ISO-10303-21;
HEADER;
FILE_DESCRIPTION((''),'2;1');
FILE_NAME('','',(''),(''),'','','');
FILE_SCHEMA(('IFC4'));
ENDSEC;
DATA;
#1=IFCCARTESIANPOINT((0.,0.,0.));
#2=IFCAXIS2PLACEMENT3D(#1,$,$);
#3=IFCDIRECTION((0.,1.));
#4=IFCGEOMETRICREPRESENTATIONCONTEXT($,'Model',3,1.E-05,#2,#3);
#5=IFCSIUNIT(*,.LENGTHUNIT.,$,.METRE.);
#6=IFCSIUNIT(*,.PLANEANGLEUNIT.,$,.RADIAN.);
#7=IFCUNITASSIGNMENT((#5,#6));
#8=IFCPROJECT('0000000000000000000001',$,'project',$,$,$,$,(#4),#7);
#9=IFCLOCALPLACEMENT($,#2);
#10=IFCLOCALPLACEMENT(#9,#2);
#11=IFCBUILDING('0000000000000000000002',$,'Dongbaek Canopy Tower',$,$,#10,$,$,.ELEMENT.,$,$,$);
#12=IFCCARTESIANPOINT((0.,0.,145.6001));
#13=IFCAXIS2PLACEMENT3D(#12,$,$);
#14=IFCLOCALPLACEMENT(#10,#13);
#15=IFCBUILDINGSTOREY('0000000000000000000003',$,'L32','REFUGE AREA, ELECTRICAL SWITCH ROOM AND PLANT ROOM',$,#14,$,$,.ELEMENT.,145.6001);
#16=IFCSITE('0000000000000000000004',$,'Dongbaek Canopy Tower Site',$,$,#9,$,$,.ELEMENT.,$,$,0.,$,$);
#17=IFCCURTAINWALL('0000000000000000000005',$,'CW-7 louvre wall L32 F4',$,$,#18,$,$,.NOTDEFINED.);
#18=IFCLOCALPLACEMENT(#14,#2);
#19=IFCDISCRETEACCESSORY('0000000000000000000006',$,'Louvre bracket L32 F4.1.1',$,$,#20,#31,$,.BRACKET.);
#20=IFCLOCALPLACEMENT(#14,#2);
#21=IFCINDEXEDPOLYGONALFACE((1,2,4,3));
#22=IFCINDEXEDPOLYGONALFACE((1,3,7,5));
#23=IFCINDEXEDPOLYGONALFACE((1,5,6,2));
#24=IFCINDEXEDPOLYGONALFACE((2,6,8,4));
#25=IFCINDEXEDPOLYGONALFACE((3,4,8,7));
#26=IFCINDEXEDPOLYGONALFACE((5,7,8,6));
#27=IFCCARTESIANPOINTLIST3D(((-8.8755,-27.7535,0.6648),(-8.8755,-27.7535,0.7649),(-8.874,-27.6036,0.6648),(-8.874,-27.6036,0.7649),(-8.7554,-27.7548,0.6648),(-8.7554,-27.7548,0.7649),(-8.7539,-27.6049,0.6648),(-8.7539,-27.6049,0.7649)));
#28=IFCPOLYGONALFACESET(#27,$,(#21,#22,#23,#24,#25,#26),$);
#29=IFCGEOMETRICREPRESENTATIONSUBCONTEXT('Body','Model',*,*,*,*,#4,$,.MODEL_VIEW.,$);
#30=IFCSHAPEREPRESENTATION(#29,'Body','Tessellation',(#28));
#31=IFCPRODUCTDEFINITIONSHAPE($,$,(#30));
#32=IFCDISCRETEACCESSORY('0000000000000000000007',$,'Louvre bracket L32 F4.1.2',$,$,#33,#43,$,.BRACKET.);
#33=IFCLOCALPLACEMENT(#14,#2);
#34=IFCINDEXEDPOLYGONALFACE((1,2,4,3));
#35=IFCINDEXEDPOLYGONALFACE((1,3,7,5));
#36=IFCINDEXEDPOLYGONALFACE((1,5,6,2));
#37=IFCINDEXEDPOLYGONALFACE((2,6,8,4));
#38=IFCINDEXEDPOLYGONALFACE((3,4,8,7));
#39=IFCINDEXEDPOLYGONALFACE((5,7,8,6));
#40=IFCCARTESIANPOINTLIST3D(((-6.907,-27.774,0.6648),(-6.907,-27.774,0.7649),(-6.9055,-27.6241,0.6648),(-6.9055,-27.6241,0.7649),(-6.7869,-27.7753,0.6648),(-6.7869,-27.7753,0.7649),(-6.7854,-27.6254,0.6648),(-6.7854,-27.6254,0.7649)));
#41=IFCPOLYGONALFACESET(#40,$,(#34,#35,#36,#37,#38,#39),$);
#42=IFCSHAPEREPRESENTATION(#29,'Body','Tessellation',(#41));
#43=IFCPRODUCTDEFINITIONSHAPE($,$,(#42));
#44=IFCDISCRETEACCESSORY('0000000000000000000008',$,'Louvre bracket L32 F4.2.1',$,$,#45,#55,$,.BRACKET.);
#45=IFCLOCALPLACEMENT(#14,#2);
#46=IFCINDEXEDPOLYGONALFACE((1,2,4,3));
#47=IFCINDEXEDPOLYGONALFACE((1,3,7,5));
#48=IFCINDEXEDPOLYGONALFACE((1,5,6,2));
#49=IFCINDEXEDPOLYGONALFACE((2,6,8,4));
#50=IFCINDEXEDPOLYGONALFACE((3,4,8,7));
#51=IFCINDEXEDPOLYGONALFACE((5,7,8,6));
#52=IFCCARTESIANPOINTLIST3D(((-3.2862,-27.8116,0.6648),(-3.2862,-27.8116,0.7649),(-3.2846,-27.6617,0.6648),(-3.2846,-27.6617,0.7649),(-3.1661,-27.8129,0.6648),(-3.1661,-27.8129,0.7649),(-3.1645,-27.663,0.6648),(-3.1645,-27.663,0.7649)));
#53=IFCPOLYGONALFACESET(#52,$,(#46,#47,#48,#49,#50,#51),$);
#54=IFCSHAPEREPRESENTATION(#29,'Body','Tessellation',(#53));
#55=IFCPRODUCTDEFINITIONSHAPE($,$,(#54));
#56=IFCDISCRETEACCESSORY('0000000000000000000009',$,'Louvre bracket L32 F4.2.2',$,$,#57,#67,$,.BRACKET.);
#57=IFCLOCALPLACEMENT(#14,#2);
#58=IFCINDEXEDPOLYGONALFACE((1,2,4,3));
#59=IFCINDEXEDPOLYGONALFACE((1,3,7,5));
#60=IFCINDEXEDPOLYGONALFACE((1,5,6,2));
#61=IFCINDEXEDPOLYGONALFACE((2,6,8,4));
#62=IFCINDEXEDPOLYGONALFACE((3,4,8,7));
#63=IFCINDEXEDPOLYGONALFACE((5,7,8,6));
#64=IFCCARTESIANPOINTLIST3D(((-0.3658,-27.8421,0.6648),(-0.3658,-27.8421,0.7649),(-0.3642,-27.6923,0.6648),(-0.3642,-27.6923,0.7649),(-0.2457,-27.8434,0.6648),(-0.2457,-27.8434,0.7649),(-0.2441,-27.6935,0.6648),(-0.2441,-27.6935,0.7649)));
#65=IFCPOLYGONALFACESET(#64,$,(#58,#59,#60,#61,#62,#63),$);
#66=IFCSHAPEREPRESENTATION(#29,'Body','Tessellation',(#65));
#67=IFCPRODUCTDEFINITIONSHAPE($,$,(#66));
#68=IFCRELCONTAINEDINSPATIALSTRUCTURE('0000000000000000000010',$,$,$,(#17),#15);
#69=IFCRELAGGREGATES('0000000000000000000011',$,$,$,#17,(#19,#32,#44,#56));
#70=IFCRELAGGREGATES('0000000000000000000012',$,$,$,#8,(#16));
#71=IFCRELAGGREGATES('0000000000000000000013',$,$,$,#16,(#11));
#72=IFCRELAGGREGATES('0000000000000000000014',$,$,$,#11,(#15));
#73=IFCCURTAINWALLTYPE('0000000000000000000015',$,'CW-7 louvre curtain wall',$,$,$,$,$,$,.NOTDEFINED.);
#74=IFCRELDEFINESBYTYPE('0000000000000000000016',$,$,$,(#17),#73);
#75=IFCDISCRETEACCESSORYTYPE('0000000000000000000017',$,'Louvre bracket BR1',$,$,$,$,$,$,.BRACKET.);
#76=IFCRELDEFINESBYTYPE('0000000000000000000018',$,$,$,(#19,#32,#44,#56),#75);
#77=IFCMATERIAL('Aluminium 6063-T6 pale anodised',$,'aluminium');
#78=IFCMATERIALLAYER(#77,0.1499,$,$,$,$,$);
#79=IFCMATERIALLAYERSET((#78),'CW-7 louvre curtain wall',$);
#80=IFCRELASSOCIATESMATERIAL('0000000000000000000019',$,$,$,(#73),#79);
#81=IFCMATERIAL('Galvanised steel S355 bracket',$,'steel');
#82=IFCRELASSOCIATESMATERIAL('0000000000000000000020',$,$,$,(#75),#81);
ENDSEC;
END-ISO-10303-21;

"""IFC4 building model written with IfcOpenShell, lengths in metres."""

from ifc_helpers import new_model, si_unit, direction, frame, origin, origin_2d, place, context, subcontext, project, spatial, rectangle, extrude, material, layer, layer_set, type_object, element, aggregate, save


model = new_model("IFC4")

# Units and contexts
model_context = context("Model", 3, precision=1e-05, world=origin(), true_north=direction((0.0, 1.0)))
body_context = subcontext(model_context, "Body", "Model", "MODEL_VIEW")
ifc_project = project(units=[si_unit("LENGTHUNIT", "METRE"), si_unit("PLANEANGLEUNIT", "RADIAN")], contexts=[model_context])

# Site, building, storey
site_placement = place(None, origin())
site = spatial("IfcSite", under=ifc_project, at=site_placement, Name="Dongbaek Canopy Tower Site", CompositionType="ELEMENT", RefElevation=0.0)
building_placement = place(site_placement, origin())
building = spatial("IfcBuilding", under=site, at=building_placement, Name="Dongbaek Canopy Tower", CompositionType="ELEMENT")
storey_placement = place(building_placement, frame((0.0, 0.0, 145.6001)))
storey = spatial("IfcBuildingStorey", under=building, at=storey_placement, Name="L32", Description="REFUGE AREA, ELECTRICAL SWITCH ROOM AND PLANT ROOM", CompositionType="ELEMENT", Elevation=145.6001)

# Curtain wall
ifc_material_1 = material(Name="Aluminium 6063-T6 pale anodised", Category="aluminium")
ifc_layer_1 = layer(ifc_material_1, 0.1499)
ifc_layer_set_1 = layer_set([ifc_layer_1], Name="CW-7 louvre curtain wall")
curtain_wall_type = type_object("IfcCurtainWallType", Name="CW-7 louvre curtain wall", PredefinedType="NOTDEFINED", material=ifc_layer_set_1)
curtain_wall_placement = place(storey_placement, origin())
curtain_wall = element("IfcCurtainWall", 1, at=curtain_wall_placement, inside=storey, type_object=curtain_wall_type, Name="CW-7 louvre wall L32 F4", PredefinedType="NOTDEFINED")

# Discrete accessories
ifc_material_2 = material(Name="Galvanised steel S355 bracket", Category="steel")
discrete_accessory_type = type_object("IfcDiscreteAccessoryType", Name="Louvre bracket BR1", PredefinedType="BRACKET", material=ifc_material_2)
discrete_accessory_1_placement = place(storey_placement, frame((-8.8147, -27.6792, 0.6648), z_axis=(0.0, 0.0, 1.0), x_axis=(0.999946, -0.010401, 0.0)))
discrete_accessory_1 = element("IfcDiscreteAccessory", 2, at=discrete_accessory_1_placement, type_object=discrete_accessory_type, Name="Louvre bracket L32 F4.1.1", PredefinedType="BRACKET", context=body_context, shape_type="SweptSolid", body=[
    extrude(rectangle(XDim=0.1201, YDim=0.1499, at=origin_2d()), origin(), (0.0, 0.0, 1.0), 0.1001),
])
discrete_accessory_2_placement = place(storey_placement, frame((-6.8462, -27.6997, 0.6648), z_axis=(0.0, 0.0, 1.0), x_axis=(0.999946, -0.010401, 0.0)))
discrete_accessory_2 = element("IfcDiscreteAccessory", 3, at=discrete_accessory_2_placement, type_object=discrete_accessory_type, Name="Louvre bracket L32 F4.1.2", PredefinedType="BRACKET", context=body_context, shape_type="SweptSolid", body=[
    extrude(rectangle(XDim=0.1201, YDim=0.1499, at=origin_2d()), origin(), (0.0, 0.0, 1.0), 0.1001),
])
discrete_accessory_3_placement = place(storey_placement, frame((-3.2253, -27.7373, 0.6648), z_axis=(0.0, 0.0, 1.0), x_axis=(0.999946, -0.010401, 0.0)))
discrete_accessory_3 = element("IfcDiscreteAccessory", 4, at=discrete_accessory_3_placement, type_object=discrete_accessory_type, Name="Louvre bracket L32 F4.2.1", PredefinedType="BRACKET", context=body_context, shape_type="SweptSolid", body=[
    extrude(rectangle(XDim=0.1201, YDim=0.1499, at=origin_2d()), origin(), (0.0, 0.0, 1.0), 0.1001),
])
discrete_accessory_4_placement = place(storey_placement, frame((-0.3049, -27.7678, 0.6648), z_axis=(0.0, 0.0, 1.0), x_axis=(0.999946, -0.010401, 0.0)))
discrete_accessory_4 = element("IfcDiscreteAccessory", 5, at=discrete_accessory_4_placement, type_object=discrete_accessory_type, Name="Louvre bracket L32 F4.2.2", PredefinedType="BRACKET", context=body_context, shape_type="SweptSolid", body=[
    extrude(rectangle(XDim=0.1201, YDim=0.1499, at=origin_2d()), origin(), (0.0, 0.0, 1.0), 0.1001),
])
aggregate(curtain_wall, [discrete_accessory_1, discrete_accessory_2, discrete_accessory_3, discrete_accessory_4])

save(model, "model.ifc")
